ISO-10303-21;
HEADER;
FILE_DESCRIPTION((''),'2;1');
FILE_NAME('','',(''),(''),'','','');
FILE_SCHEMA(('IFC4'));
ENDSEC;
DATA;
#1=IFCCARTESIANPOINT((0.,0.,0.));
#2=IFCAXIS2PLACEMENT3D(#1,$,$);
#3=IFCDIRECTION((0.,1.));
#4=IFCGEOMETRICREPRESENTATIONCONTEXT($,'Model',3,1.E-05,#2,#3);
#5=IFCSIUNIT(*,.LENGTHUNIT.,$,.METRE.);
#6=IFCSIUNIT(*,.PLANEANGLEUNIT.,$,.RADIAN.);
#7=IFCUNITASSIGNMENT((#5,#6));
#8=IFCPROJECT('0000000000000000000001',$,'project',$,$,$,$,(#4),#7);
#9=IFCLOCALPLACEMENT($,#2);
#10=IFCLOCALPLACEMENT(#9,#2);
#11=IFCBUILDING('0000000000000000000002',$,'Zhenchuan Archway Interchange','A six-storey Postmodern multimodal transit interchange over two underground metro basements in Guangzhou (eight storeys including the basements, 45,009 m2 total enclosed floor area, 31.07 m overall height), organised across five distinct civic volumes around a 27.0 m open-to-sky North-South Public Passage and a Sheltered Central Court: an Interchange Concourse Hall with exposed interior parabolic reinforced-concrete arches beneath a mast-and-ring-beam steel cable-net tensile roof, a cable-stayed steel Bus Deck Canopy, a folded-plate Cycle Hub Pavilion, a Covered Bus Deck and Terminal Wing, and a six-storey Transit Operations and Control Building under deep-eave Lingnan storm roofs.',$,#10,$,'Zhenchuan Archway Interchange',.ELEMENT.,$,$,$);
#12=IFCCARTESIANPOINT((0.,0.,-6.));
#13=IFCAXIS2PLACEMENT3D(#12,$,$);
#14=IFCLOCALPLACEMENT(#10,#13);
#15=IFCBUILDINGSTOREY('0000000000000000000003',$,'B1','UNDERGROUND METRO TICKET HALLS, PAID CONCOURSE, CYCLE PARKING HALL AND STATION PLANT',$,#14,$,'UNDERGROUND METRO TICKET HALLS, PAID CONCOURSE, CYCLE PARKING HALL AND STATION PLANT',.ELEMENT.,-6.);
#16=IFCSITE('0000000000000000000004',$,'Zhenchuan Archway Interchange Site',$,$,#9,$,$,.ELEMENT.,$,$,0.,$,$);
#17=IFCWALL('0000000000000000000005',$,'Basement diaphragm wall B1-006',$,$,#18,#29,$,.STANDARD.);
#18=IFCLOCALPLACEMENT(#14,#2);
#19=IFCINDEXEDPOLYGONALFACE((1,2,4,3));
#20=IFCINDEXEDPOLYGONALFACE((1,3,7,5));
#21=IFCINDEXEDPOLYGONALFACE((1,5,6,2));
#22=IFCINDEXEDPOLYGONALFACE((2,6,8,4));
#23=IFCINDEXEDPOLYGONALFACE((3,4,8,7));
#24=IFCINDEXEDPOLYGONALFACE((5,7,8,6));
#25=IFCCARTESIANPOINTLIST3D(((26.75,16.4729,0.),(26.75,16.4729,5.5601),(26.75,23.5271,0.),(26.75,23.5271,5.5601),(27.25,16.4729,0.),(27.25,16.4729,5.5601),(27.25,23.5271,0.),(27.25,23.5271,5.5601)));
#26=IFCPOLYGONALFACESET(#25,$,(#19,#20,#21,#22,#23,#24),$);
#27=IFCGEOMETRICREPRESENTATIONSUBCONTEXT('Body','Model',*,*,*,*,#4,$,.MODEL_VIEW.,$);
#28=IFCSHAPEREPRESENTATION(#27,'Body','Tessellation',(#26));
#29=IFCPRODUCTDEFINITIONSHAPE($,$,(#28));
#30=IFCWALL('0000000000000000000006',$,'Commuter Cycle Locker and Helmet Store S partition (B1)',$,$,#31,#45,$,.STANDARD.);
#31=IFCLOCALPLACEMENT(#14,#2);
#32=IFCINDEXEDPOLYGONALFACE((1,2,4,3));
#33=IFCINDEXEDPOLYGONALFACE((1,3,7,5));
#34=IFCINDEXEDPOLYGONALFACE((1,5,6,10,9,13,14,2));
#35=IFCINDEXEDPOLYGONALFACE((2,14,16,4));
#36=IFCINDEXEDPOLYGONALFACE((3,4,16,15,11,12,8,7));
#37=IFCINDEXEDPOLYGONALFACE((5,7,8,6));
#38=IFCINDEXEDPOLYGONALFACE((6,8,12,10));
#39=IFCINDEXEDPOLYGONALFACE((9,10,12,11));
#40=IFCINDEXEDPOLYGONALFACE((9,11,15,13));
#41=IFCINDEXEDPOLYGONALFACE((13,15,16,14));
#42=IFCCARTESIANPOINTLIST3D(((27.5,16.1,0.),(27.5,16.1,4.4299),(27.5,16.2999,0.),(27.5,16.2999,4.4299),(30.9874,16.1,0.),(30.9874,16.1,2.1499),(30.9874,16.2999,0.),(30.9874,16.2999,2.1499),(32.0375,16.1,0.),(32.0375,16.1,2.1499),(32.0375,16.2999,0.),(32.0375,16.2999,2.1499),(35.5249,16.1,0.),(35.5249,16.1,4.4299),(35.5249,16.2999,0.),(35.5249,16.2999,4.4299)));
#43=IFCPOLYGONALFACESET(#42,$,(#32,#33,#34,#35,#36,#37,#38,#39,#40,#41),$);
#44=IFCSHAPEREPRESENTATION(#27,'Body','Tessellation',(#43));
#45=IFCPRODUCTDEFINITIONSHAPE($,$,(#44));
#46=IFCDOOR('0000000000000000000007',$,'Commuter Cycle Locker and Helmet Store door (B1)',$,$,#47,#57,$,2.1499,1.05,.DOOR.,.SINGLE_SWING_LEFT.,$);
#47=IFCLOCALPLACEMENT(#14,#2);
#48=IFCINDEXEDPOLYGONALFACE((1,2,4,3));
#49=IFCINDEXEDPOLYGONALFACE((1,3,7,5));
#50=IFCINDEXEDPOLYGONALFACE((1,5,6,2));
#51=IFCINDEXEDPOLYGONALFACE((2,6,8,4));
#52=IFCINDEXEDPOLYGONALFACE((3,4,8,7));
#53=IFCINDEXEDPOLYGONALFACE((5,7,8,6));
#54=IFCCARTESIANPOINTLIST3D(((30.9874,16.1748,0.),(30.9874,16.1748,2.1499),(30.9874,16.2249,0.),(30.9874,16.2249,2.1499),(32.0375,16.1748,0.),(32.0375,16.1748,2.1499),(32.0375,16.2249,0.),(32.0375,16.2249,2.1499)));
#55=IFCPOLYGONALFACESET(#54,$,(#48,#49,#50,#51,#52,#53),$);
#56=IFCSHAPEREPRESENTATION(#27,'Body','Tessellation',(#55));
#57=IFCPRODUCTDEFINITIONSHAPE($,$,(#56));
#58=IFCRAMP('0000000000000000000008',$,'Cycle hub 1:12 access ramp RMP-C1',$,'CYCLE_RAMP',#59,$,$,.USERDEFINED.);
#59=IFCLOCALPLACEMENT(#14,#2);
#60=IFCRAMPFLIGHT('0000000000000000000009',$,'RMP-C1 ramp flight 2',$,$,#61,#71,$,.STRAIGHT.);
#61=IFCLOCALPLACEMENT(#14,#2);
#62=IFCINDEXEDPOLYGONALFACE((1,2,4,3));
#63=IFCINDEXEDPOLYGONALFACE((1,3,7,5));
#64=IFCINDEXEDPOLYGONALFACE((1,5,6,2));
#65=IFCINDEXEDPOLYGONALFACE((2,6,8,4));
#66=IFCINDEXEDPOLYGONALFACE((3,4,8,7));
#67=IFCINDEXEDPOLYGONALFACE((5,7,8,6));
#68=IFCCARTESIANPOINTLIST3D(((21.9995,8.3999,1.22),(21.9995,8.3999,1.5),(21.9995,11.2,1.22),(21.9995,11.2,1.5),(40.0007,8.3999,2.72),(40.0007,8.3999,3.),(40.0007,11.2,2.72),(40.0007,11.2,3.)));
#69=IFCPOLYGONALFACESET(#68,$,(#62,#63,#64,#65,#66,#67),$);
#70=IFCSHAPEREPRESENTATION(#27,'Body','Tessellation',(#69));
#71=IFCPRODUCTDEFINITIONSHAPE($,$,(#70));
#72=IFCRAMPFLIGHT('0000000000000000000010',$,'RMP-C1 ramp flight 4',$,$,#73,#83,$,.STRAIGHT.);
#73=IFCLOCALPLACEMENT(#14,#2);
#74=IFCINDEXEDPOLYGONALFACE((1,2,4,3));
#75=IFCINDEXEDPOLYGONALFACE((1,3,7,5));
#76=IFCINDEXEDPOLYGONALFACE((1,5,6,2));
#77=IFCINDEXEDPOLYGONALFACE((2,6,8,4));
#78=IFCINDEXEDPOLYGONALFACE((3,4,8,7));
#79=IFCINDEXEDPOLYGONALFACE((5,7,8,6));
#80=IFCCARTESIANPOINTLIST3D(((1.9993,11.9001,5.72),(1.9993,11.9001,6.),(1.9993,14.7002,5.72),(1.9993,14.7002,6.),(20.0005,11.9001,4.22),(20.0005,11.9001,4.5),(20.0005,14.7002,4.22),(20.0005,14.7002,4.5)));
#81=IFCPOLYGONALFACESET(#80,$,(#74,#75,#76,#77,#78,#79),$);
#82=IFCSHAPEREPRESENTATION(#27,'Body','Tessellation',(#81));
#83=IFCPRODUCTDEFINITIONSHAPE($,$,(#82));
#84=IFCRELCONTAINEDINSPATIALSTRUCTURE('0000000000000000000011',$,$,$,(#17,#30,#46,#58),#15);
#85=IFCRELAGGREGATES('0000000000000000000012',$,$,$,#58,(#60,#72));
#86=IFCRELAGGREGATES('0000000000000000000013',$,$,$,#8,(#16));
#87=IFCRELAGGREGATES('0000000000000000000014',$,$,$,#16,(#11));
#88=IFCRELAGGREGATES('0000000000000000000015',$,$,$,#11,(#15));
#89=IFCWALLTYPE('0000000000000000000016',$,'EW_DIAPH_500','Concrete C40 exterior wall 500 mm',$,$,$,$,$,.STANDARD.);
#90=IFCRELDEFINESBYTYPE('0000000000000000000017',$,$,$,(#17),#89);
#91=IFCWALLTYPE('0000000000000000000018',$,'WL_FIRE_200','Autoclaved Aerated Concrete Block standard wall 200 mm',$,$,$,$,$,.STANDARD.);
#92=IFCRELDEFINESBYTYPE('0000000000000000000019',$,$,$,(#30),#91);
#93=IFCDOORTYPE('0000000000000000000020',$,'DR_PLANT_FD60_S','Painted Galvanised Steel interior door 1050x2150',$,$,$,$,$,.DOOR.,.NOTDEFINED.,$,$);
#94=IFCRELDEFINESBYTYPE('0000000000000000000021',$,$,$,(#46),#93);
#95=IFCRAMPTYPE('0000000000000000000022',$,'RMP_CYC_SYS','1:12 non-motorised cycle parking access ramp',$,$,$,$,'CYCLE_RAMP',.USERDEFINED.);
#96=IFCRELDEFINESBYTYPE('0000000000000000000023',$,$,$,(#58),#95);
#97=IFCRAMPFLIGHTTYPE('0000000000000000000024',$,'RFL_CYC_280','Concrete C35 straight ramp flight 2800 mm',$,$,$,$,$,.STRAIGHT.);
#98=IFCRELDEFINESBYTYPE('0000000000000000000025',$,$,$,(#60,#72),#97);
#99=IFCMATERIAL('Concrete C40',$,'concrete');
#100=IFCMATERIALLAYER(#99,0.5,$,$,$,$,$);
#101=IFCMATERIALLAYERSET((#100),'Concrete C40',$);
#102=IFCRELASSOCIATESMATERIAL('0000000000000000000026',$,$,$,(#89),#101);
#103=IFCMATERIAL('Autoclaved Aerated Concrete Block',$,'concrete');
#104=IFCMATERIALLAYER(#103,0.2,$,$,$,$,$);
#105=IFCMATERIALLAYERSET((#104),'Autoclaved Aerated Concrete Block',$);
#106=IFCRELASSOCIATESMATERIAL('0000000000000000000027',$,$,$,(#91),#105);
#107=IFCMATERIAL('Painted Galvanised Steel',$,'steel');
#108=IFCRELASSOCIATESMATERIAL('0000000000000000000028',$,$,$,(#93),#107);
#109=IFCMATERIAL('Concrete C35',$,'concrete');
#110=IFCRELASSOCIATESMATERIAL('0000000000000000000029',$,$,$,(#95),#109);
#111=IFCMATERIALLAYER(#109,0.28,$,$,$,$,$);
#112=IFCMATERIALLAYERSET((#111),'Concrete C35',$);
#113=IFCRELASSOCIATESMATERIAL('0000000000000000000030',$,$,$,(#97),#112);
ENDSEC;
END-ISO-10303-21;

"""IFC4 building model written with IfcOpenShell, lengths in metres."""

from ifc_helpers import new_model, si_unit, direction, frame, frame_2d, origin, place, context, subcontext, project, spatial, polyline, rectangle, outline, extrude, material, layer, layer_set, type_object, element, fill, aggregate, save


model = new_model("IFC4")

# Units and contexts
model_context = context("Model", 3, precision=1e-05, world=origin(), true_north=direction((0.0, 1.0)))
body_context = subcontext(model_context, "Body", "Model", "MODEL_VIEW")
ifc_project = project(units=[si_unit("LENGTHUNIT", "METRE"), si_unit("PLANEANGLEUNIT", "RADIAN")], contexts=[model_context])

# Site, building, storey
site_placement = place(None, origin())
site = spatial("IfcSite", under=ifc_project, at=site_placement, Name="Zhenchuan Archway Interchange Site", CompositionType="ELEMENT", RefElevation=0.0)
building_placement = place(site_placement, origin())
building = spatial("IfcBuilding", under=site, at=building_placement, Name="Zhenchuan Archway Interchange", Description="A six-storey Postmodern multimodal transit interchange over two underground metro basements in Guangzhou (eight storeys including the basements, 45,009 m2 total enclosed floor area, 31.07 m overall height), organised across five distinct civic volumes around a 27.0 m open-to-sky North-South Public Passage and a Sheltered Central Court: an Interchange Concourse Hall with exposed interior parabolic reinforced-concrete arches beneath a mast-and-ring-beam steel cable-net tensile roof, a cable-stayed steel Bus Deck Canopy, a folded-plate Cycle Hub Pavilion, a Covered Bus Deck and Terminal Wing, and a six-storey Transit Operations and Control Building under deep-eave Lingnan storm roofs.", LongName="Zhenchuan Archway Interchange", CompositionType="ELEMENT")
storey_placement = place(building_placement, frame((0.0, 0.0, -6.0)))
storey = spatial("IfcBuildingStorey", under=building, at=storey_placement, Name="B1", Description="UNDERGROUND METRO TICKET HALLS, PAID CONCOURSE, CYCLE PARKING HALL AND STATION PLANT", LongName="UNDERGROUND METRO TICKET HALLS, PAID CONCOURSE, CYCLE PARKING HALL AND STATION PLANT", CompositionType="ELEMENT", Elevation=-6.0)

# Shared definitions
ifc_material_1 = material(Name="Concrete C40", Category="concrete")

# Shared definitions
ifc_material_2 = material(Name="Concrete C35", Category="concrete")

# Wall
ifc_layer_1 = layer(ifc_material_1, 0.5)
ifc_layer_set_1 = layer_set([ifc_layer_1], Name="Concrete C40")
wall_type_1 = type_object("IfcWallType", Name="EW_DIAPH_500", Description="Concrete C40 exterior wall 500 mm", PredefinedType="STANDARD", material=ifc_layer_set_1)
wall_1_placement = place(storey_placement, frame((27.0, 16.4729, 0.0), z_axis=(0.0, 0.0, 1.0), x_axis=(0.0, 1.0, 0.0)))
element("IfcWall", 1, at=wall_1_placement, inside=storey, type_object=wall_type_1, Name="Basement diaphragm wall B1-006", PredefinedType="STANDARD", context=body_context, shape_type="SweptSolid", body=[
    extrude(rectangle(XDim=7.0542, YDim=0.5, at=frame_2d((3.5271, 0.0))), origin(), (0.0, 0.0, 1.0), 5.5601),
])

# Wall, opening, door
ifc_material_3 = material(Name="Autoclaved Aerated Concrete Block", Category="concrete")
ifc_layer_2 = layer(ifc_material_3, 0.2)
ifc_layer_set_2 = layer_set([ifc_layer_2], Name="Autoclaved Aerated Concrete Block")
wall_type_2 = type_object("IfcWallType", Name="WL_FIRE_200", Description="Autoclaved Aerated Concrete Block standard wall 200 mm", PredefinedType="STANDARD", material=ifc_layer_set_2)
wall_2_placement = place(storey_placement, frame((27.5, 16.2, 0.0), z_axis=(0.0, 0.0, 1.0), x_axis=(1.0, 0.0, 0.0)))
wall_2 = element("IfcWall", 2, at=wall_2_placement, inside=storey, type_object=wall_type_2, Name="Commuter Cycle Locker and Helmet Store S partition (B1)", PredefinedType="STANDARD", context=body_context, shape_type="SweptSolid", body=[
    extrude(rectangle(XDim=8.0249, YDim=0.2, at=frame_2d((4.0125, 0.0))), origin(), (0.0, 0.0, 1.0), 4.4299),
])
opening_placement = place(wall_2_placement, frame((3.4875, 0.0, 0.0)))
opening = element("IfcOpeningElement", 3, at=opening_placement, cuts=wall_2, PredefinedType="OPENING", context=body_context, shape_type="SweptSolid", body=[
    extrude(rectangle(XDim=1.05, YDim=2.1499, at=frame_2d((0.5249, 1.075))), frame((0.0, 0.1118, 0.0), z_axis=(0.0, -1.0, 0.0), x_axis=(1.0, 0.0, 0.0)), (0.0, 0.0, 1.0), 0.2239),
])
ifc_material_4 = material(Name="Painted Galvanised Steel", Category="steel")
door_type = type_object("IfcDoorType", Name="DR_PLANT_FD60_S", Description="Painted Galvanised Steel interior door 1050x2150", OperationType="NOTDEFINED", PredefinedType="DOOR", material=ifc_material_4)
door_placement = place(opening_placement, origin())
door = element("IfcDoor", 4, at=door_placement, inside=storey, type_object=door_type, Name="Commuter Cycle Locker and Helmet Store door (B1)", OperationType="SINGLE_SWING_LEFT", OverallHeight=2.1499, OverallWidth=1.05, PredefinedType="DOOR", context=body_context, shape_type="SweptSolid", body=[
    extrude(rectangle(XDim=1.05, YDim=2.1499, at=frame_2d((0.5249, 1.075))), frame((0.0, 0.0249, 0.0), z_axis=(0.0, -1.0, 0.0), x_axis=(1.0, 0.0, 0.0)), (0.0, 0.0, 1.0), 0.05),
])
fill(opening, door)

# Ramp, ramp flights
ramp_type = type_object("IfcRampType", Name="RMP_CYC_SYS", Description="1:12 non-motorised cycle parking access ramp", ElementType="CYCLE_RAMP", PredefinedType="USERDEFINED", material=ifc_material_2)
ramp_placement = place(storey_placement, origin())
ramp = element("IfcRamp", 5, at=ramp_placement, inside=storey, type_object=ramp_type, Name="Cycle hub 1:12 access ramp RMP-C1", ObjectType="CYCLE_RAMP", PredefinedType="USERDEFINED")
ifc_layer_3 = layer(ifc_material_2, 0.28)
ifc_layer_set_3 = layer_set([ifc_layer_3], Name="Concrete C35")
ramp_flight_type = type_object("IfcRampFlightType", Name="RFL_CYC_280", Description="Concrete C35 straight ramp flight 2800 mm", PredefinedType="STRAIGHT", material=ifc_layer_set_3)
ramp_flight_1_placement = place(storey_placement, frame((21.9995, 9.8, 1.5), z_axis=(0.0, 0.0, 1.0), x_axis=(1.0, 0.0, 0.0)))
ramp_flight_1 = element("IfcRampFlight", 6, at=ramp_flight_1_placement, type_object=ramp_flight_type, Name="RMP-C1 ramp flight 2", PredefinedType="STRAIGHT", context=body_context, shape_type="SweptSolid", body=[
    extrude(outline(polyline([(0.0, 0.0), (18.0012, 1.5), (18.0012, 1.22), (0.0, -0.28), (0.0, 0.0)])), frame((0.0, 1.3999, 0.0), z_axis=(0.0, -1.0, 0.0), x_axis=(1.0, 0.0, 0.0)), (0.0, 0.0, 1.0), 2.8),
])
ramp_flight_2_placement = place(storey_placement, frame((20.0005, 13.3, 4.5), z_axis=(0.0, 0.0, 1.0), x_axis=(-1.0, 0.0, 0.0)))
ramp_flight_2 = element("IfcRampFlight", 7, at=ramp_flight_2_placement, type_object=ramp_flight_type, Name="RMP-C1 ramp flight 4", PredefinedType="STRAIGHT", context=body_context, shape_type="SweptSolid", body=[
    extrude(outline(polyline([(0.0, 0.0), (18.0012, 1.5), (18.0012, 1.22), (0.0, -0.28), (0.0, 0.0)])), frame((0.0, 1.3999, 0.0), z_axis=(0.0, -1.0, 0.0), x_axis=(1.0, 0.0, 0.0)), (0.0, 0.0, 1.0), 2.8),
])
aggregate(ramp, [ramp_flight_1, ramp_flight_2])

save(model, "model.ifc")
